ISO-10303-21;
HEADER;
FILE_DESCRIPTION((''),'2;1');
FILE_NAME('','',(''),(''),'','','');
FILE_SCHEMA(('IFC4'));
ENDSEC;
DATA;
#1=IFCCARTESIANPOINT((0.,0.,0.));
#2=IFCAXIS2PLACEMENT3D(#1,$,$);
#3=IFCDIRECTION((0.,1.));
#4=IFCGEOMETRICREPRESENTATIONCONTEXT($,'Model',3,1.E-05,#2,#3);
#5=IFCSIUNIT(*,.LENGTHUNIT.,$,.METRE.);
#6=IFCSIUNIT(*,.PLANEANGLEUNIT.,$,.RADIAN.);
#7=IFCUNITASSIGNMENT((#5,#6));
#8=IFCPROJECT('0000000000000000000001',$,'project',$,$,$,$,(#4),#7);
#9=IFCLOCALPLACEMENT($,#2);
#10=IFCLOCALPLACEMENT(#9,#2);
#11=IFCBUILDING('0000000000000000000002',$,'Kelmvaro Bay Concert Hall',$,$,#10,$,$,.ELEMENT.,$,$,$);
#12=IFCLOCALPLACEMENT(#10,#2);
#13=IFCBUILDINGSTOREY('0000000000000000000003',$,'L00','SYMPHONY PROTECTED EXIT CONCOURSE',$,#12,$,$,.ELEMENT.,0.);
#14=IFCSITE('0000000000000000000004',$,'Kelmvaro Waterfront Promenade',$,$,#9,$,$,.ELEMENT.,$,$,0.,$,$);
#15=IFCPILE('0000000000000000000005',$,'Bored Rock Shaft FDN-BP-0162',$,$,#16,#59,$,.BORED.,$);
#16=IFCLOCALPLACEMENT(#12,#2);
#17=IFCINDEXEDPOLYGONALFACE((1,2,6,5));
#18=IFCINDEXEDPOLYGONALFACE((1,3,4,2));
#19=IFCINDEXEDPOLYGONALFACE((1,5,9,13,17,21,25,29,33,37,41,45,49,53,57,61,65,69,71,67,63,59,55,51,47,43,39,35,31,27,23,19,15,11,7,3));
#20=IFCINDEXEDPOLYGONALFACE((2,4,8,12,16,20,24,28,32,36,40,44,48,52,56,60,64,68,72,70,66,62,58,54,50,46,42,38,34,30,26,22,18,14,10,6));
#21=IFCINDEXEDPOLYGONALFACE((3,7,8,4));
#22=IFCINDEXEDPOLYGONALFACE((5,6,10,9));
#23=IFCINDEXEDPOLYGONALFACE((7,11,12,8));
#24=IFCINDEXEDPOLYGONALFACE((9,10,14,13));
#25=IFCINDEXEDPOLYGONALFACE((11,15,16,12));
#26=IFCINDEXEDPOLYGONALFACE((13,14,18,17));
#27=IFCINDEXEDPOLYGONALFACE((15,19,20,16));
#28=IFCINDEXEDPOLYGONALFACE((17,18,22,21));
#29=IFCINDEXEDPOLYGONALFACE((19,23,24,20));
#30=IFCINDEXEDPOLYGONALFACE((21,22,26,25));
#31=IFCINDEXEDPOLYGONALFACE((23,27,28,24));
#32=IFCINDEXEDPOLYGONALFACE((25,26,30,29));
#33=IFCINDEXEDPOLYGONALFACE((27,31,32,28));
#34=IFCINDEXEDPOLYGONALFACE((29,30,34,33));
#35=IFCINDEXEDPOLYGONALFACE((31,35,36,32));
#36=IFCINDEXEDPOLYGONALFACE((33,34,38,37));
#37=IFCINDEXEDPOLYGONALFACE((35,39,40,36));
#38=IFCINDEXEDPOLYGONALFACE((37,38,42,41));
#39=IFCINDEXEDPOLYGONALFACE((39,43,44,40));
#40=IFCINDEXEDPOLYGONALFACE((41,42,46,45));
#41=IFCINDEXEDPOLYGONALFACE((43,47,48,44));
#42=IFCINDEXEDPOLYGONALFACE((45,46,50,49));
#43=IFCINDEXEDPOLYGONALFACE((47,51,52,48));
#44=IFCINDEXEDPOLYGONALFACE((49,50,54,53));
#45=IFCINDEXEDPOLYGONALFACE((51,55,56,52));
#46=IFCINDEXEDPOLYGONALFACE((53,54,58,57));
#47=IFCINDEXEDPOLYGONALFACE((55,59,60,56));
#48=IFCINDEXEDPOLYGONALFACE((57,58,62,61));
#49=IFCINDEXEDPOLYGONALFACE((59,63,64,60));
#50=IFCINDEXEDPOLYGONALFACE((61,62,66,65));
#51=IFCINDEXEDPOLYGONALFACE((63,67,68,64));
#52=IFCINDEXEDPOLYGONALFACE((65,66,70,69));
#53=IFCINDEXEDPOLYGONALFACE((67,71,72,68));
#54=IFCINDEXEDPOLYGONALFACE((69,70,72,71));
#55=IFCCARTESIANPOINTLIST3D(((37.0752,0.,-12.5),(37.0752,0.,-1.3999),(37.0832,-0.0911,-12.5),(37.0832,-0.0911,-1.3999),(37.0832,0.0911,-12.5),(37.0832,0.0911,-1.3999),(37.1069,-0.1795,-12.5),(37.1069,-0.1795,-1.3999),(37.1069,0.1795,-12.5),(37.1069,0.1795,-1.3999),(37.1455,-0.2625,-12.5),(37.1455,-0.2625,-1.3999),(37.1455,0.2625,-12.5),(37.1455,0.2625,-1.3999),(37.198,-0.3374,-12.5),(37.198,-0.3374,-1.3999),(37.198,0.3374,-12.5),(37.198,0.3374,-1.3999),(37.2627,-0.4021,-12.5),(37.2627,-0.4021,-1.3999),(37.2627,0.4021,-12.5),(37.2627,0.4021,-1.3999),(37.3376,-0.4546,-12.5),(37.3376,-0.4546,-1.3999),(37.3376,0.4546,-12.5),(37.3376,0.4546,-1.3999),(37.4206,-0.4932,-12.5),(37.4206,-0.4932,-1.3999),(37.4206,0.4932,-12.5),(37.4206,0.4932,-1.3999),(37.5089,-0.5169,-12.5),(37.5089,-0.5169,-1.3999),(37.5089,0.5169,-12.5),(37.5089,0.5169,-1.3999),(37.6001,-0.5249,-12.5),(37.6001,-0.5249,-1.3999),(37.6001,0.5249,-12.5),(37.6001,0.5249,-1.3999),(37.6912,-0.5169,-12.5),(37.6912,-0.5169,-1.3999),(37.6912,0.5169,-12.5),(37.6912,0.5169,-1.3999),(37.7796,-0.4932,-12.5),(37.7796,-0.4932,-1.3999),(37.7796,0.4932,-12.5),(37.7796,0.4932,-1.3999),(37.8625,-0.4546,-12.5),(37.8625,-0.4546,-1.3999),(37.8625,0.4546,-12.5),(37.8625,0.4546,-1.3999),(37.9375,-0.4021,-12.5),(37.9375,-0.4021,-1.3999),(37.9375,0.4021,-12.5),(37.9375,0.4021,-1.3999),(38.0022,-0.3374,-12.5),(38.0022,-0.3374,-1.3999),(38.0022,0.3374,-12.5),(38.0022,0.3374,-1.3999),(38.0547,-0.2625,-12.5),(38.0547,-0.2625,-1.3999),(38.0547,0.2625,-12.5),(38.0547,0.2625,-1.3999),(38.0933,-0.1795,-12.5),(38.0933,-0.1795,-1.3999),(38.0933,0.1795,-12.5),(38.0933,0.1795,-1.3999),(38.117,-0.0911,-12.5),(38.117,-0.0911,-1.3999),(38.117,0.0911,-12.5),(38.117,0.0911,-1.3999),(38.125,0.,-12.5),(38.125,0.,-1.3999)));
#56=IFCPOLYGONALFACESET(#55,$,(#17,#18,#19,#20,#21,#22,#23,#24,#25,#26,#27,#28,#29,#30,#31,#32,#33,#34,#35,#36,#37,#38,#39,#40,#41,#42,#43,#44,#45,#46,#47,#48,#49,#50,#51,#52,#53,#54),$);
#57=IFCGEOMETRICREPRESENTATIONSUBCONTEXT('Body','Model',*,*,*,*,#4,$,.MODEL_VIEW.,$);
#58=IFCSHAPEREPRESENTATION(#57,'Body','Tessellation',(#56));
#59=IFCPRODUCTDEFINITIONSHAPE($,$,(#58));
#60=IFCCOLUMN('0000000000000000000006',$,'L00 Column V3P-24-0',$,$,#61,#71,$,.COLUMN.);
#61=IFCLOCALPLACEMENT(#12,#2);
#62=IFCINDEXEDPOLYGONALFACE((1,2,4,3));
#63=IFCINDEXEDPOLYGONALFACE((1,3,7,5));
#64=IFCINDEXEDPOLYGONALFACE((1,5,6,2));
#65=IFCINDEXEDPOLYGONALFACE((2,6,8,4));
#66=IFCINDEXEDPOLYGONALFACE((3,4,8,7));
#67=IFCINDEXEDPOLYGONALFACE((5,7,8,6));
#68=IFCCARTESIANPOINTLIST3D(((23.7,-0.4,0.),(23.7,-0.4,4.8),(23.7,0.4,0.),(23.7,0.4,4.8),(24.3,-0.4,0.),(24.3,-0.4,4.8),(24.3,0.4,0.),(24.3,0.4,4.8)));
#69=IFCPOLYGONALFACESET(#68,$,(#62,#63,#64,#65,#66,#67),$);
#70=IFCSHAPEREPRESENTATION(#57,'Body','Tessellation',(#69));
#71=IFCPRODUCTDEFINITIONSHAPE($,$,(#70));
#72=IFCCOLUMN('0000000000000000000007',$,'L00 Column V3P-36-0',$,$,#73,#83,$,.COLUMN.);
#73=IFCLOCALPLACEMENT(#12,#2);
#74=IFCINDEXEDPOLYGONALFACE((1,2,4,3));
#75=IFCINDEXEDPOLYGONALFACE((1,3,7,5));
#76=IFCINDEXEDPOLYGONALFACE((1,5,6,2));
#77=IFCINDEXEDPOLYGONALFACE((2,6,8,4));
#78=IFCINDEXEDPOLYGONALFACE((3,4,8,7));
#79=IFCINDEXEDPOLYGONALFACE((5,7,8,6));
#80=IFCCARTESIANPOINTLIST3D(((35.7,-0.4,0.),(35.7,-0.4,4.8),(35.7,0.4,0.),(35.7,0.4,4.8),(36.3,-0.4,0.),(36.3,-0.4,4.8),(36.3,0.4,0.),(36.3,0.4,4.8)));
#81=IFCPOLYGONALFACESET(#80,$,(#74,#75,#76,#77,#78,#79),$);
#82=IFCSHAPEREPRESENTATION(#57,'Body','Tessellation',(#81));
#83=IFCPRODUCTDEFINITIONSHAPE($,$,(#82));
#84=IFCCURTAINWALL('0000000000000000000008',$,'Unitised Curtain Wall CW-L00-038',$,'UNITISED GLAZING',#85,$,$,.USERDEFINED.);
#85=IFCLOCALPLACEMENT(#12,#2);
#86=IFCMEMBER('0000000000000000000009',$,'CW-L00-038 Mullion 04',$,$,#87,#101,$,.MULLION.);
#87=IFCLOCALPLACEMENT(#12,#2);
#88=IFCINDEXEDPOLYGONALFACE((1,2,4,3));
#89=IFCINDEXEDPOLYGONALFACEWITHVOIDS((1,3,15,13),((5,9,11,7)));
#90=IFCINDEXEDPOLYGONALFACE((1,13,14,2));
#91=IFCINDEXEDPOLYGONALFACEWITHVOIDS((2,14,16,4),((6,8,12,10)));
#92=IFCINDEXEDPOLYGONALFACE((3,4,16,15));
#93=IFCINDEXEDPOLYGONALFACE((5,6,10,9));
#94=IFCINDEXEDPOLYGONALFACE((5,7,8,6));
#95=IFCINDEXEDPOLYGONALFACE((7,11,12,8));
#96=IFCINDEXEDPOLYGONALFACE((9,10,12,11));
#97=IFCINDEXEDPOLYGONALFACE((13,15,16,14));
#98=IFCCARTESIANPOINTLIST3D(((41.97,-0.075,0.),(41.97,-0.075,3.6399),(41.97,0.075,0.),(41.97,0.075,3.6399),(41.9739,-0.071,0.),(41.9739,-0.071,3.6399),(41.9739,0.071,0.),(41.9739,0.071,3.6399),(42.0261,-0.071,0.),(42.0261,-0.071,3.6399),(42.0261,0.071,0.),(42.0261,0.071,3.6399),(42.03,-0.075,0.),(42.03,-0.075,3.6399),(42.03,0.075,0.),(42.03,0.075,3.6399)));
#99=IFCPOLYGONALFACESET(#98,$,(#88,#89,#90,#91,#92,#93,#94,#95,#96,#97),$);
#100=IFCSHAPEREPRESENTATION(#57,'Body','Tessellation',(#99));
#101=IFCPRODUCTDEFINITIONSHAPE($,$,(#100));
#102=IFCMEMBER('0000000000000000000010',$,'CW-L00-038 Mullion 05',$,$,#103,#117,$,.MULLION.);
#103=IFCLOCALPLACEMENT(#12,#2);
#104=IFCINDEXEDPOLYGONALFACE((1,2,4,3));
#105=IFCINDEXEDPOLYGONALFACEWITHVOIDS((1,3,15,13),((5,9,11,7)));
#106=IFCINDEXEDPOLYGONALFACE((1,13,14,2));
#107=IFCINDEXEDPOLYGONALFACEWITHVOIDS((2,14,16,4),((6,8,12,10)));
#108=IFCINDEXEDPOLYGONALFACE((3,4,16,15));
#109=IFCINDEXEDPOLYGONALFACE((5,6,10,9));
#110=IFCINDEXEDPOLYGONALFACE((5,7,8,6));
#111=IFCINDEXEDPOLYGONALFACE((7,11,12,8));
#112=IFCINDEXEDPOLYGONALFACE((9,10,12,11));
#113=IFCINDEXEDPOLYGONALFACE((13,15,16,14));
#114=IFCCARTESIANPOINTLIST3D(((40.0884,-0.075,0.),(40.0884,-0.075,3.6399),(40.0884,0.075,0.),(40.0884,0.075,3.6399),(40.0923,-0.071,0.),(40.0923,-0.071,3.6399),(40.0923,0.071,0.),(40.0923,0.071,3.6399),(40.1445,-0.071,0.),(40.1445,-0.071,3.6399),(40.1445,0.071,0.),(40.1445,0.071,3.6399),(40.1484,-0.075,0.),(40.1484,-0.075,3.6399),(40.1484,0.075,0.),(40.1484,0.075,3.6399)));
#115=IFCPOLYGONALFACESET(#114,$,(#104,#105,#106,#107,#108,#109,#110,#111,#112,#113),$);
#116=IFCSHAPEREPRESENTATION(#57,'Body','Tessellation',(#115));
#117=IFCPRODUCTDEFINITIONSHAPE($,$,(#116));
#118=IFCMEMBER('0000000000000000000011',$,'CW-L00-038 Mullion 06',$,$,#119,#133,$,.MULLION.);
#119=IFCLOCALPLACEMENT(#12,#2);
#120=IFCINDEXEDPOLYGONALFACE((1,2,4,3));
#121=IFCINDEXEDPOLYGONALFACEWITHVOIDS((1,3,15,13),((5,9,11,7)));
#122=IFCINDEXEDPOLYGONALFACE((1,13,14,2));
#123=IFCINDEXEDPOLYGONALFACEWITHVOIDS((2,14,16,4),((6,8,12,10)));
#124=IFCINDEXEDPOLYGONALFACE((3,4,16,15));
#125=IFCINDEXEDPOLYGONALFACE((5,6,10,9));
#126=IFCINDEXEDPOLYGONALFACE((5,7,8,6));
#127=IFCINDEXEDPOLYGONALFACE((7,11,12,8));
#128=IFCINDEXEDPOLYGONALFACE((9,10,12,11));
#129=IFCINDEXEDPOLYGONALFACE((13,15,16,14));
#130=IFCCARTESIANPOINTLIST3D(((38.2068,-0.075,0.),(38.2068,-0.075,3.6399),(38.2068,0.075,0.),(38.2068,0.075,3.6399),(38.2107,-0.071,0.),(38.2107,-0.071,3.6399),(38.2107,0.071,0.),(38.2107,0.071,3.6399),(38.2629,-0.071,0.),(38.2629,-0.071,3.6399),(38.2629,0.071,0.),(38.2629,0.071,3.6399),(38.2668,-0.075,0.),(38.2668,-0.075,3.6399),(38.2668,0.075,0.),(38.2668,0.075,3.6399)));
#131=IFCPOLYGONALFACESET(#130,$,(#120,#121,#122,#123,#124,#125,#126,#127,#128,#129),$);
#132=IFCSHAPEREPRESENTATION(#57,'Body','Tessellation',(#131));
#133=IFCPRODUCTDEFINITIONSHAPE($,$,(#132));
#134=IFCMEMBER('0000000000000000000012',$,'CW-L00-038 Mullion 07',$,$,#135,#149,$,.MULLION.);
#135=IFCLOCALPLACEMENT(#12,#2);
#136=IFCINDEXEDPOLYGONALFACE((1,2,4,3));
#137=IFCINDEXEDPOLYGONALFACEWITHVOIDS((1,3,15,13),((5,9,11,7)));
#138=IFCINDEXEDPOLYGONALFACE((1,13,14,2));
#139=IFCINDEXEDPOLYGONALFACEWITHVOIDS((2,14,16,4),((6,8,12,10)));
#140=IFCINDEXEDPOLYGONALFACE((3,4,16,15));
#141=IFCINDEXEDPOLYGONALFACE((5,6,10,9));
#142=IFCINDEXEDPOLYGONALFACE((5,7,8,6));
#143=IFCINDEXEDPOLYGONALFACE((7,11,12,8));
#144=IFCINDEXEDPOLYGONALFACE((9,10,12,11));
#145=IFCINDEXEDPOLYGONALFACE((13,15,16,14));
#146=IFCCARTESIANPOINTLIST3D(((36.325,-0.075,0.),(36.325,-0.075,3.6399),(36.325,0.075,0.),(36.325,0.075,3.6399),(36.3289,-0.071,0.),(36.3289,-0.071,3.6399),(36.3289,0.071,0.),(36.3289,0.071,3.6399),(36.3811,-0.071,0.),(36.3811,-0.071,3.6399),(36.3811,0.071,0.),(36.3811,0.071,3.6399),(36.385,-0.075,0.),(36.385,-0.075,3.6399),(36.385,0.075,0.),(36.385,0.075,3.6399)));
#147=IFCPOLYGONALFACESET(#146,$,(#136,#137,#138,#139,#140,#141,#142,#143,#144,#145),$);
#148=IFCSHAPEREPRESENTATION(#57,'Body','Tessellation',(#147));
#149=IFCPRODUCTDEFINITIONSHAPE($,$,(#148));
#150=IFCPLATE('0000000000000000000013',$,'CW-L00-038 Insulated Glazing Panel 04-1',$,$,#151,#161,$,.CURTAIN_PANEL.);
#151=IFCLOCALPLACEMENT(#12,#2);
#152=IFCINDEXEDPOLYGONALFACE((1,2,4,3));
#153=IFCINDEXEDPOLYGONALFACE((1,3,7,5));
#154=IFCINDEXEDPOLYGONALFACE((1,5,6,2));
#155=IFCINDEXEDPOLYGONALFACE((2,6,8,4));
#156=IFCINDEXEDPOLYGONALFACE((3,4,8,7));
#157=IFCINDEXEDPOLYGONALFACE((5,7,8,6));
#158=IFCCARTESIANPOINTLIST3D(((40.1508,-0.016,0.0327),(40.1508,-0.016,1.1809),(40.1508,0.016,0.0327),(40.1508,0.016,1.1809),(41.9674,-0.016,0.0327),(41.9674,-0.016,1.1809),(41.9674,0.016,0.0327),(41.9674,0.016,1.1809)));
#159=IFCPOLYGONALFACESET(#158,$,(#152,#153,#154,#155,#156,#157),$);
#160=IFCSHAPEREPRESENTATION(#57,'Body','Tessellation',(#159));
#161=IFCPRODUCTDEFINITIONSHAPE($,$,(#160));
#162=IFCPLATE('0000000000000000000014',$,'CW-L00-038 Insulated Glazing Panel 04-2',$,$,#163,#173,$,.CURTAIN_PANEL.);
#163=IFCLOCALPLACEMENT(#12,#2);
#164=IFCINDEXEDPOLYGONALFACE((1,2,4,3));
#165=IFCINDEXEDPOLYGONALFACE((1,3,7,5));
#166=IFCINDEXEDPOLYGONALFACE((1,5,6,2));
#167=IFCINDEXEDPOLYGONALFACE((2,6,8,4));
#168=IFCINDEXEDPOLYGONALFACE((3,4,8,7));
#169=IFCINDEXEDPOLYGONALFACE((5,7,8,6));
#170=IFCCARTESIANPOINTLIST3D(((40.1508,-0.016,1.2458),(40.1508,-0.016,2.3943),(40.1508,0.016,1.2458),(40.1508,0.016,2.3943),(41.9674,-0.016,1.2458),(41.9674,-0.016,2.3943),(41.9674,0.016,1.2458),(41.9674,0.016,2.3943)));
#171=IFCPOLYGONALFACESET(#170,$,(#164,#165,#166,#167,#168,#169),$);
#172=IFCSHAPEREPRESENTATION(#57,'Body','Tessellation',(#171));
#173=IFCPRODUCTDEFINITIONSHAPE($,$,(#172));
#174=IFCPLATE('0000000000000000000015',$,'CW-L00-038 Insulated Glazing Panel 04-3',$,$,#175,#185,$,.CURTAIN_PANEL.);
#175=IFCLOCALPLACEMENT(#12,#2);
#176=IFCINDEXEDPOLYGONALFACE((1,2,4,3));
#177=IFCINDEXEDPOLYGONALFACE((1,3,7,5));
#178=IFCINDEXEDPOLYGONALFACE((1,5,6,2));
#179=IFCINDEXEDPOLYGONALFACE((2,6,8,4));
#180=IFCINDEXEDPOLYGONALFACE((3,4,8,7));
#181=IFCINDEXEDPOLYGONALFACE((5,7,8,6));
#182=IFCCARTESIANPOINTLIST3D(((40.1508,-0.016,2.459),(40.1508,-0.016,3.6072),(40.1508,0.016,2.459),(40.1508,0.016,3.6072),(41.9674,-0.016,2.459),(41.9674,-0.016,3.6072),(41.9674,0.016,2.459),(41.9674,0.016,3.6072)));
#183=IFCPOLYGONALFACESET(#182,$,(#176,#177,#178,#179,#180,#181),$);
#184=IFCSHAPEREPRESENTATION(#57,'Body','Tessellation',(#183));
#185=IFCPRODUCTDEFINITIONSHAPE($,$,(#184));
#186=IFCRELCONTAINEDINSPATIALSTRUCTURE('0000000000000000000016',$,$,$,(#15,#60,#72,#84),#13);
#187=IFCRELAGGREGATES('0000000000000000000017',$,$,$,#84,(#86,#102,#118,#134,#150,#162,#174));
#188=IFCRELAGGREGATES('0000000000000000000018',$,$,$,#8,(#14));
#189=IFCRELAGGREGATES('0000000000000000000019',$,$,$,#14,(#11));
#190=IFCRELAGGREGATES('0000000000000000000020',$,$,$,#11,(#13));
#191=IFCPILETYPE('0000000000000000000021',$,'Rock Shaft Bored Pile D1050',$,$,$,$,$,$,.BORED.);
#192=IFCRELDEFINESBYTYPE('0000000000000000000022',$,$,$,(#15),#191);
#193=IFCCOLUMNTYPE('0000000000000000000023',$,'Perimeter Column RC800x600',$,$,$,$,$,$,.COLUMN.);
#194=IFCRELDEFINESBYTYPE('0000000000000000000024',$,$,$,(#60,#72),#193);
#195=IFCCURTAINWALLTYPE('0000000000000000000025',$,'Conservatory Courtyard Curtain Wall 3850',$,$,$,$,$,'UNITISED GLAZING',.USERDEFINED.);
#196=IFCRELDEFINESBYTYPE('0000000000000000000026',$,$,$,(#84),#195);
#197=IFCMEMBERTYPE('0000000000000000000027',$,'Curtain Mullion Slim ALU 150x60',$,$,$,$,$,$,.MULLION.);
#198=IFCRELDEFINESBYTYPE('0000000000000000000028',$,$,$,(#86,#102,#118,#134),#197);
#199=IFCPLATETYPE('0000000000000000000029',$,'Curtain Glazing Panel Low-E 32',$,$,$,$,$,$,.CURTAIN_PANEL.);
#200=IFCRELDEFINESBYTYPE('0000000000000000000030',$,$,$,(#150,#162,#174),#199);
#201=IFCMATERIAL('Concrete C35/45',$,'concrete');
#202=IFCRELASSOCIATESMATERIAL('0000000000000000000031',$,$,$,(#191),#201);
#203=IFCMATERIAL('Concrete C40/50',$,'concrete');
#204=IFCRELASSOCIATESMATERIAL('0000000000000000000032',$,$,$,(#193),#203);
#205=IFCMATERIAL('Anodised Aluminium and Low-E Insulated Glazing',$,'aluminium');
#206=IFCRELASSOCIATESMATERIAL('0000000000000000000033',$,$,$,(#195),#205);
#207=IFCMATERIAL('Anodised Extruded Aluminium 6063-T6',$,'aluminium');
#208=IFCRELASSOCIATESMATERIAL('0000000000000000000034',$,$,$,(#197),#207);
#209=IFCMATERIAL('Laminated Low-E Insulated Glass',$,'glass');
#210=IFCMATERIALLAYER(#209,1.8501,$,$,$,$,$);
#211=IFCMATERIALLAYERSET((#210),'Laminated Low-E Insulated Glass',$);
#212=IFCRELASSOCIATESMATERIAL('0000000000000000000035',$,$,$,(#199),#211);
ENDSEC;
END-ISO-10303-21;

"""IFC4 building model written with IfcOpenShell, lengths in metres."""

from ifc_helpers import new_model, si_unit, direction, frame, origin, origin_2d, place, context, subcontext, project, spatial, rectangle, hollow_rectangle, circle, extrude, material, layer, layer_set, material_profile, profile_set, type_object, element, aggregate, save


model = new_model("IFC4")

# Units and contexts
model_context = context("Model", 3, precision=1e-05, world=origin(), true_north=direction((0.0, 1.0)))
body_context = subcontext(model_context, "Body", "Model", "MODEL_VIEW")
ifc_project = project(units=[si_unit("LENGTHUNIT", "METRE"), si_unit("PLANEANGLEUNIT", "RADIAN")], contexts=[model_context])

# Site, building, storey
site_placement = place(None, origin())
site = spatial("IfcSite", under=ifc_project, at=site_placement, Name="Kelmvaro Waterfront Promenade", CompositionType="ELEMENT", RefElevation=0.0)
building_placement = place(site_placement, origin())
building = spatial("IfcBuilding", under=site, at=building_placement, Name="Kelmvaro Bay Concert Hall", CompositionType="ELEMENT")
storey_placement = place(building_placement, origin())
storey = spatial("IfcBuildingStorey", under=building, at=storey_placement, Name="L00", Description="SYMPHONY PROTECTED EXIT CONCOURSE", CompositionType="ELEMENT", Elevation=0.0)

# Pile
ifc_material_1 = material(Name="Concrete C35/45", Category="concrete")
ifc_material_profile_1 = material_profile(ifc_material_1, circle(Radius=0.5249, at=origin_2d()), Name="PILE-BORED-1050")
ifc_profile_set_1 = profile_set([ifc_material_profile_1], Name="Concrete C35/45")
pile_type = type_object("IfcPileType", Name="Rock Shaft Bored Pile D1050", PredefinedType="BORED", material=ifc_profile_set_1)
for number, where, z_axis, x_axis, name in (
    (1, (37.6001, 0.0, -1.3999), (0.0, 0.0, -1.0), (1.0, 0.0, 0.0), "Bored Rock Shaft FDN-BP-0162"),
):
    element("IfcPile", number, at=place(storey_placement, frame(where, z_axis=z_axis, x_axis=x_axis)), inside=storey, type_object=pile_type, Name=name, PredefinedType="BORED", context=body_context, shape_type="SweptSolid", body=[
        extrude(circle(Radius=0.5249, at=origin_2d()), origin(), (0.0, 0.0, 1.0), 11.1001),
    ])

# Columns
ifc_material_2 = material(Name="Concrete C40/50", Category="concrete")
ifc_material_profile_2 = material_profile(ifc_material_2, rectangle(XDim=0.6001, YDim=0.8, at=origin_2d()), Name="RC-COL-800X600")
ifc_profile_set_2 = profile_set([ifc_material_profile_2], Name="Concrete C40/50")
column_type = type_object("IfcColumnType", Name="Perimeter Column RC800x600", PredefinedType="COLUMN", material=ifc_profile_set_2)
for number, where, z_axis, x_axis, name in (
    (2, (24.0, 0.0, 0.0), (0.0, 0.0, 1.0), (1.0, 0.0, 0.0), "L00 Column V3P-24-0"),
    (3, (36.0, 0.0, 0.0), (0.0, 0.0, 1.0), (1.0, 0.0, 0.0), "L00 Column V3P-36-0"),
):
    element("IfcColumn", number, at=place(storey_placement, frame(where, z_axis=z_axis, x_axis=x_axis)), inside=storey, type_object=column_type, Name=name, PredefinedType="COLUMN", context=body_context, shape_type="SweptSolid", body=[
        extrude(rectangle(XDim=0.6001, YDim=0.8, at=origin_2d()), origin(), (0.0, 0.0, 1.0), 4.8),
    ])

# Curtain wall, members, plates
ifc_material_3 = material(Name="Anodised Aluminium and Low-E Insulated Glazing", Category="aluminium")
curtain_wall_type = type_object("IfcCurtainWallType", Name="Conservatory Courtyard Curtain Wall 3850", ElementType="UNITISED GLAZING", PredefinedType="USERDEFINED", material=ifc_material_3)
curtain_wall_placement = place(storey_placement, origin())
curtain_wall = element("IfcCurtainWall", 4, at=curtain_wall_placement, inside=storey, type_object=curtain_wall_type, Name="Unitised Curtain Wall CW-L00-038", ObjectType="UNITISED GLAZING", PredefinedType="USERDEFINED")
ifc_material_4 = material(Name="Anodised Extruded Aluminium 6063-T6", Category="aluminium")
ifc_material_profile_3 = material_profile(ifc_material_4, hollow_rectangle(XDim=0.0601, YDim=0.1499, WallThickness=0.0039, at=origin_2d()), Name="ALU-MUL-150X60")
ifc_profile_set_3 = profile_set([ifc_material_profile_3], Name="Anodised Extruded Aluminium 6063-T6")
member_type = type_object("IfcMemberType", Name="Curtain Mullion Slim ALU 150x60", PredefinedType="MULLION", material=ifc_profile_set_3)
member_1_placement = place(storey_placement, frame((42.0, 0.0, 0.0), z_axis=(0.0, 0.0, 1.0), x_axis=(1.0, 0.0, 0.0)))
member_1 = element("IfcMember", 5, at=member_1_placement, type_object=member_type, Name="CW-L00-038 Mullion 04", PredefinedType="MULLION", context=body_context, shape_type="SweptSolid", body=[
    extrude(hollow_rectangle(XDim=0.0601, YDim=0.1499, WallThickness=0.0039, at=origin_2d()), origin(), (0.0, 0.0, 1.0), 3.6399),
])
member_2_placement = place(storey_placement, frame((40.1184, 0.0, 0.0), z_axis=(0.0, 0.0, 1.0), x_axis=(1.0, 0.0, 0.0)))
member_2 = element("IfcMember", 6, at=member_2_placement, type_object=member_type, Name="CW-L00-038 Mullion 05", PredefinedType="MULLION", context=body_context, shape_type="SweptSolid", body=[
    extrude(hollow_rectangle(XDim=0.0601, YDim=0.1499, WallThickness=0.0039, at=origin_2d()), origin(), (0.0, 0.0, 1.0), 3.6399),
])
member_3_placement = place(storey_placement, frame((38.2368, 0.0, 0.0), z_axis=(0.0, 0.0, 1.0), x_axis=(1.0, 0.0, 0.0)))
member_3 = element("IfcMember", 7, at=member_3_placement, type_object=member_type, Name="CW-L00-038 Mullion 06", PredefinedType="MULLION", context=body_context, shape_type="SweptSolid", body=[
    extrude(hollow_rectangle(XDim=0.0601, YDim=0.1499, WallThickness=0.0039, at=origin_2d()), origin(), (0.0, 0.0, 1.0), 3.6399),
])
member_4_placement = place(storey_placement, frame((36.355, 0.0, 0.0), z_axis=(0.0, 0.0, 1.0), x_axis=(1.0, 0.0, 0.0)))
member_4 = element("IfcMember", 8, at=member_4_placement, type_object=member_type, Name="CW-L00-038 Mullion 07", PredefinedType="MULLION", context=body_context, shape_type="SweptSolid", body=[
    extrude(hollow_rectangle(XDim=0.0601, YDim=0.1499, WallThickness=0.0039, at=origin_2d()), origin(), (0.0, 0.0, 1.0), 3.6399),
])
ifc_material_5 = material(Name="Laminated Low-E Insulated Glass", Category="glass")
ifc_layer_1 = layer(ifc_material_5, 1.8501)
ifc_layer_set_1 = layer_set([ifc_layer_1], Name="Laminated Low-E Insulated Glass")
plate_type = type_object("IfcPlateType", Name="Curtain Glazing Panel Low-E 32", PredefinedType="CURTAIN_PANEL", material=ifc_layer_set_1)
plate_1_placement = place(storey_placement, frame((41.0591, 0.0, 0.0327), z_axis=(0.0, 0.0, 1.0), x_axis=(-1.0, 0.0, 0.0)))
plate_1 = element("IfcPlate", 9, at=plate_1_placement, type_object=plate_type, Name="CW-L00-038 Insulated Glazing Panel 04-1", PredefinedType="CURTAIN_PANEL", context=body_context, shape_type="SweptSolid", body=[
    extrude(rectangle(XDim=1.8167, YDim=0.032, at=origin_2d()), origin(), (0.0, 0.0, 1.0), 1.1482),
])
plate_2_placement = place(storey_placement, frame((41.0591, 0.0, 1.2458), z_axis=(0.0, 0.0, 1.0), x_axis=(-1.0, 0.0, 0.0)))
plate_2 = element("IfcPlate", 10, at=plate_2_placement, type_object=plate_type, Name="CW-L00-038 Insulated Glazing Panel 04-2", PredefinedType="CURTAIN_PANEL", context=body_context, shape_type="SweptSolid", body=[
    extrude(rectangle(XDim=1.8167, YDim=0.032, at=origin_2d()), origin(), (0.0, 0.0, 1.0), 1.1484),
])
plate_3_placement = place(storey_placement, frame((41.0591, 0.0, 2.459), z_axis=(0.0, 0.0, 1.0), x_axis=(-1.0, 0.0, 0.0)))
plate_3 = element("IfcPlate", 11, at=plate_3_placement, type_object=plate_type, Name="CW-L00-038 Insulated Glazing Panel 04-3", PredefinedType="CURTAIN_PANEL", context=body_context, shape_type="SweptSolid", body=[
    extrude(rectangle(XDim=1.8167, YDim=0.032, at=origin_2d()), origin(), (0.0, 0.0, 1.0), 1.1482),
])
aggregate(curtain_wall, [member_1, member_2, member_3, member_4, plate_1, plate_2, plate_3])

save(model, "model.ifc")
